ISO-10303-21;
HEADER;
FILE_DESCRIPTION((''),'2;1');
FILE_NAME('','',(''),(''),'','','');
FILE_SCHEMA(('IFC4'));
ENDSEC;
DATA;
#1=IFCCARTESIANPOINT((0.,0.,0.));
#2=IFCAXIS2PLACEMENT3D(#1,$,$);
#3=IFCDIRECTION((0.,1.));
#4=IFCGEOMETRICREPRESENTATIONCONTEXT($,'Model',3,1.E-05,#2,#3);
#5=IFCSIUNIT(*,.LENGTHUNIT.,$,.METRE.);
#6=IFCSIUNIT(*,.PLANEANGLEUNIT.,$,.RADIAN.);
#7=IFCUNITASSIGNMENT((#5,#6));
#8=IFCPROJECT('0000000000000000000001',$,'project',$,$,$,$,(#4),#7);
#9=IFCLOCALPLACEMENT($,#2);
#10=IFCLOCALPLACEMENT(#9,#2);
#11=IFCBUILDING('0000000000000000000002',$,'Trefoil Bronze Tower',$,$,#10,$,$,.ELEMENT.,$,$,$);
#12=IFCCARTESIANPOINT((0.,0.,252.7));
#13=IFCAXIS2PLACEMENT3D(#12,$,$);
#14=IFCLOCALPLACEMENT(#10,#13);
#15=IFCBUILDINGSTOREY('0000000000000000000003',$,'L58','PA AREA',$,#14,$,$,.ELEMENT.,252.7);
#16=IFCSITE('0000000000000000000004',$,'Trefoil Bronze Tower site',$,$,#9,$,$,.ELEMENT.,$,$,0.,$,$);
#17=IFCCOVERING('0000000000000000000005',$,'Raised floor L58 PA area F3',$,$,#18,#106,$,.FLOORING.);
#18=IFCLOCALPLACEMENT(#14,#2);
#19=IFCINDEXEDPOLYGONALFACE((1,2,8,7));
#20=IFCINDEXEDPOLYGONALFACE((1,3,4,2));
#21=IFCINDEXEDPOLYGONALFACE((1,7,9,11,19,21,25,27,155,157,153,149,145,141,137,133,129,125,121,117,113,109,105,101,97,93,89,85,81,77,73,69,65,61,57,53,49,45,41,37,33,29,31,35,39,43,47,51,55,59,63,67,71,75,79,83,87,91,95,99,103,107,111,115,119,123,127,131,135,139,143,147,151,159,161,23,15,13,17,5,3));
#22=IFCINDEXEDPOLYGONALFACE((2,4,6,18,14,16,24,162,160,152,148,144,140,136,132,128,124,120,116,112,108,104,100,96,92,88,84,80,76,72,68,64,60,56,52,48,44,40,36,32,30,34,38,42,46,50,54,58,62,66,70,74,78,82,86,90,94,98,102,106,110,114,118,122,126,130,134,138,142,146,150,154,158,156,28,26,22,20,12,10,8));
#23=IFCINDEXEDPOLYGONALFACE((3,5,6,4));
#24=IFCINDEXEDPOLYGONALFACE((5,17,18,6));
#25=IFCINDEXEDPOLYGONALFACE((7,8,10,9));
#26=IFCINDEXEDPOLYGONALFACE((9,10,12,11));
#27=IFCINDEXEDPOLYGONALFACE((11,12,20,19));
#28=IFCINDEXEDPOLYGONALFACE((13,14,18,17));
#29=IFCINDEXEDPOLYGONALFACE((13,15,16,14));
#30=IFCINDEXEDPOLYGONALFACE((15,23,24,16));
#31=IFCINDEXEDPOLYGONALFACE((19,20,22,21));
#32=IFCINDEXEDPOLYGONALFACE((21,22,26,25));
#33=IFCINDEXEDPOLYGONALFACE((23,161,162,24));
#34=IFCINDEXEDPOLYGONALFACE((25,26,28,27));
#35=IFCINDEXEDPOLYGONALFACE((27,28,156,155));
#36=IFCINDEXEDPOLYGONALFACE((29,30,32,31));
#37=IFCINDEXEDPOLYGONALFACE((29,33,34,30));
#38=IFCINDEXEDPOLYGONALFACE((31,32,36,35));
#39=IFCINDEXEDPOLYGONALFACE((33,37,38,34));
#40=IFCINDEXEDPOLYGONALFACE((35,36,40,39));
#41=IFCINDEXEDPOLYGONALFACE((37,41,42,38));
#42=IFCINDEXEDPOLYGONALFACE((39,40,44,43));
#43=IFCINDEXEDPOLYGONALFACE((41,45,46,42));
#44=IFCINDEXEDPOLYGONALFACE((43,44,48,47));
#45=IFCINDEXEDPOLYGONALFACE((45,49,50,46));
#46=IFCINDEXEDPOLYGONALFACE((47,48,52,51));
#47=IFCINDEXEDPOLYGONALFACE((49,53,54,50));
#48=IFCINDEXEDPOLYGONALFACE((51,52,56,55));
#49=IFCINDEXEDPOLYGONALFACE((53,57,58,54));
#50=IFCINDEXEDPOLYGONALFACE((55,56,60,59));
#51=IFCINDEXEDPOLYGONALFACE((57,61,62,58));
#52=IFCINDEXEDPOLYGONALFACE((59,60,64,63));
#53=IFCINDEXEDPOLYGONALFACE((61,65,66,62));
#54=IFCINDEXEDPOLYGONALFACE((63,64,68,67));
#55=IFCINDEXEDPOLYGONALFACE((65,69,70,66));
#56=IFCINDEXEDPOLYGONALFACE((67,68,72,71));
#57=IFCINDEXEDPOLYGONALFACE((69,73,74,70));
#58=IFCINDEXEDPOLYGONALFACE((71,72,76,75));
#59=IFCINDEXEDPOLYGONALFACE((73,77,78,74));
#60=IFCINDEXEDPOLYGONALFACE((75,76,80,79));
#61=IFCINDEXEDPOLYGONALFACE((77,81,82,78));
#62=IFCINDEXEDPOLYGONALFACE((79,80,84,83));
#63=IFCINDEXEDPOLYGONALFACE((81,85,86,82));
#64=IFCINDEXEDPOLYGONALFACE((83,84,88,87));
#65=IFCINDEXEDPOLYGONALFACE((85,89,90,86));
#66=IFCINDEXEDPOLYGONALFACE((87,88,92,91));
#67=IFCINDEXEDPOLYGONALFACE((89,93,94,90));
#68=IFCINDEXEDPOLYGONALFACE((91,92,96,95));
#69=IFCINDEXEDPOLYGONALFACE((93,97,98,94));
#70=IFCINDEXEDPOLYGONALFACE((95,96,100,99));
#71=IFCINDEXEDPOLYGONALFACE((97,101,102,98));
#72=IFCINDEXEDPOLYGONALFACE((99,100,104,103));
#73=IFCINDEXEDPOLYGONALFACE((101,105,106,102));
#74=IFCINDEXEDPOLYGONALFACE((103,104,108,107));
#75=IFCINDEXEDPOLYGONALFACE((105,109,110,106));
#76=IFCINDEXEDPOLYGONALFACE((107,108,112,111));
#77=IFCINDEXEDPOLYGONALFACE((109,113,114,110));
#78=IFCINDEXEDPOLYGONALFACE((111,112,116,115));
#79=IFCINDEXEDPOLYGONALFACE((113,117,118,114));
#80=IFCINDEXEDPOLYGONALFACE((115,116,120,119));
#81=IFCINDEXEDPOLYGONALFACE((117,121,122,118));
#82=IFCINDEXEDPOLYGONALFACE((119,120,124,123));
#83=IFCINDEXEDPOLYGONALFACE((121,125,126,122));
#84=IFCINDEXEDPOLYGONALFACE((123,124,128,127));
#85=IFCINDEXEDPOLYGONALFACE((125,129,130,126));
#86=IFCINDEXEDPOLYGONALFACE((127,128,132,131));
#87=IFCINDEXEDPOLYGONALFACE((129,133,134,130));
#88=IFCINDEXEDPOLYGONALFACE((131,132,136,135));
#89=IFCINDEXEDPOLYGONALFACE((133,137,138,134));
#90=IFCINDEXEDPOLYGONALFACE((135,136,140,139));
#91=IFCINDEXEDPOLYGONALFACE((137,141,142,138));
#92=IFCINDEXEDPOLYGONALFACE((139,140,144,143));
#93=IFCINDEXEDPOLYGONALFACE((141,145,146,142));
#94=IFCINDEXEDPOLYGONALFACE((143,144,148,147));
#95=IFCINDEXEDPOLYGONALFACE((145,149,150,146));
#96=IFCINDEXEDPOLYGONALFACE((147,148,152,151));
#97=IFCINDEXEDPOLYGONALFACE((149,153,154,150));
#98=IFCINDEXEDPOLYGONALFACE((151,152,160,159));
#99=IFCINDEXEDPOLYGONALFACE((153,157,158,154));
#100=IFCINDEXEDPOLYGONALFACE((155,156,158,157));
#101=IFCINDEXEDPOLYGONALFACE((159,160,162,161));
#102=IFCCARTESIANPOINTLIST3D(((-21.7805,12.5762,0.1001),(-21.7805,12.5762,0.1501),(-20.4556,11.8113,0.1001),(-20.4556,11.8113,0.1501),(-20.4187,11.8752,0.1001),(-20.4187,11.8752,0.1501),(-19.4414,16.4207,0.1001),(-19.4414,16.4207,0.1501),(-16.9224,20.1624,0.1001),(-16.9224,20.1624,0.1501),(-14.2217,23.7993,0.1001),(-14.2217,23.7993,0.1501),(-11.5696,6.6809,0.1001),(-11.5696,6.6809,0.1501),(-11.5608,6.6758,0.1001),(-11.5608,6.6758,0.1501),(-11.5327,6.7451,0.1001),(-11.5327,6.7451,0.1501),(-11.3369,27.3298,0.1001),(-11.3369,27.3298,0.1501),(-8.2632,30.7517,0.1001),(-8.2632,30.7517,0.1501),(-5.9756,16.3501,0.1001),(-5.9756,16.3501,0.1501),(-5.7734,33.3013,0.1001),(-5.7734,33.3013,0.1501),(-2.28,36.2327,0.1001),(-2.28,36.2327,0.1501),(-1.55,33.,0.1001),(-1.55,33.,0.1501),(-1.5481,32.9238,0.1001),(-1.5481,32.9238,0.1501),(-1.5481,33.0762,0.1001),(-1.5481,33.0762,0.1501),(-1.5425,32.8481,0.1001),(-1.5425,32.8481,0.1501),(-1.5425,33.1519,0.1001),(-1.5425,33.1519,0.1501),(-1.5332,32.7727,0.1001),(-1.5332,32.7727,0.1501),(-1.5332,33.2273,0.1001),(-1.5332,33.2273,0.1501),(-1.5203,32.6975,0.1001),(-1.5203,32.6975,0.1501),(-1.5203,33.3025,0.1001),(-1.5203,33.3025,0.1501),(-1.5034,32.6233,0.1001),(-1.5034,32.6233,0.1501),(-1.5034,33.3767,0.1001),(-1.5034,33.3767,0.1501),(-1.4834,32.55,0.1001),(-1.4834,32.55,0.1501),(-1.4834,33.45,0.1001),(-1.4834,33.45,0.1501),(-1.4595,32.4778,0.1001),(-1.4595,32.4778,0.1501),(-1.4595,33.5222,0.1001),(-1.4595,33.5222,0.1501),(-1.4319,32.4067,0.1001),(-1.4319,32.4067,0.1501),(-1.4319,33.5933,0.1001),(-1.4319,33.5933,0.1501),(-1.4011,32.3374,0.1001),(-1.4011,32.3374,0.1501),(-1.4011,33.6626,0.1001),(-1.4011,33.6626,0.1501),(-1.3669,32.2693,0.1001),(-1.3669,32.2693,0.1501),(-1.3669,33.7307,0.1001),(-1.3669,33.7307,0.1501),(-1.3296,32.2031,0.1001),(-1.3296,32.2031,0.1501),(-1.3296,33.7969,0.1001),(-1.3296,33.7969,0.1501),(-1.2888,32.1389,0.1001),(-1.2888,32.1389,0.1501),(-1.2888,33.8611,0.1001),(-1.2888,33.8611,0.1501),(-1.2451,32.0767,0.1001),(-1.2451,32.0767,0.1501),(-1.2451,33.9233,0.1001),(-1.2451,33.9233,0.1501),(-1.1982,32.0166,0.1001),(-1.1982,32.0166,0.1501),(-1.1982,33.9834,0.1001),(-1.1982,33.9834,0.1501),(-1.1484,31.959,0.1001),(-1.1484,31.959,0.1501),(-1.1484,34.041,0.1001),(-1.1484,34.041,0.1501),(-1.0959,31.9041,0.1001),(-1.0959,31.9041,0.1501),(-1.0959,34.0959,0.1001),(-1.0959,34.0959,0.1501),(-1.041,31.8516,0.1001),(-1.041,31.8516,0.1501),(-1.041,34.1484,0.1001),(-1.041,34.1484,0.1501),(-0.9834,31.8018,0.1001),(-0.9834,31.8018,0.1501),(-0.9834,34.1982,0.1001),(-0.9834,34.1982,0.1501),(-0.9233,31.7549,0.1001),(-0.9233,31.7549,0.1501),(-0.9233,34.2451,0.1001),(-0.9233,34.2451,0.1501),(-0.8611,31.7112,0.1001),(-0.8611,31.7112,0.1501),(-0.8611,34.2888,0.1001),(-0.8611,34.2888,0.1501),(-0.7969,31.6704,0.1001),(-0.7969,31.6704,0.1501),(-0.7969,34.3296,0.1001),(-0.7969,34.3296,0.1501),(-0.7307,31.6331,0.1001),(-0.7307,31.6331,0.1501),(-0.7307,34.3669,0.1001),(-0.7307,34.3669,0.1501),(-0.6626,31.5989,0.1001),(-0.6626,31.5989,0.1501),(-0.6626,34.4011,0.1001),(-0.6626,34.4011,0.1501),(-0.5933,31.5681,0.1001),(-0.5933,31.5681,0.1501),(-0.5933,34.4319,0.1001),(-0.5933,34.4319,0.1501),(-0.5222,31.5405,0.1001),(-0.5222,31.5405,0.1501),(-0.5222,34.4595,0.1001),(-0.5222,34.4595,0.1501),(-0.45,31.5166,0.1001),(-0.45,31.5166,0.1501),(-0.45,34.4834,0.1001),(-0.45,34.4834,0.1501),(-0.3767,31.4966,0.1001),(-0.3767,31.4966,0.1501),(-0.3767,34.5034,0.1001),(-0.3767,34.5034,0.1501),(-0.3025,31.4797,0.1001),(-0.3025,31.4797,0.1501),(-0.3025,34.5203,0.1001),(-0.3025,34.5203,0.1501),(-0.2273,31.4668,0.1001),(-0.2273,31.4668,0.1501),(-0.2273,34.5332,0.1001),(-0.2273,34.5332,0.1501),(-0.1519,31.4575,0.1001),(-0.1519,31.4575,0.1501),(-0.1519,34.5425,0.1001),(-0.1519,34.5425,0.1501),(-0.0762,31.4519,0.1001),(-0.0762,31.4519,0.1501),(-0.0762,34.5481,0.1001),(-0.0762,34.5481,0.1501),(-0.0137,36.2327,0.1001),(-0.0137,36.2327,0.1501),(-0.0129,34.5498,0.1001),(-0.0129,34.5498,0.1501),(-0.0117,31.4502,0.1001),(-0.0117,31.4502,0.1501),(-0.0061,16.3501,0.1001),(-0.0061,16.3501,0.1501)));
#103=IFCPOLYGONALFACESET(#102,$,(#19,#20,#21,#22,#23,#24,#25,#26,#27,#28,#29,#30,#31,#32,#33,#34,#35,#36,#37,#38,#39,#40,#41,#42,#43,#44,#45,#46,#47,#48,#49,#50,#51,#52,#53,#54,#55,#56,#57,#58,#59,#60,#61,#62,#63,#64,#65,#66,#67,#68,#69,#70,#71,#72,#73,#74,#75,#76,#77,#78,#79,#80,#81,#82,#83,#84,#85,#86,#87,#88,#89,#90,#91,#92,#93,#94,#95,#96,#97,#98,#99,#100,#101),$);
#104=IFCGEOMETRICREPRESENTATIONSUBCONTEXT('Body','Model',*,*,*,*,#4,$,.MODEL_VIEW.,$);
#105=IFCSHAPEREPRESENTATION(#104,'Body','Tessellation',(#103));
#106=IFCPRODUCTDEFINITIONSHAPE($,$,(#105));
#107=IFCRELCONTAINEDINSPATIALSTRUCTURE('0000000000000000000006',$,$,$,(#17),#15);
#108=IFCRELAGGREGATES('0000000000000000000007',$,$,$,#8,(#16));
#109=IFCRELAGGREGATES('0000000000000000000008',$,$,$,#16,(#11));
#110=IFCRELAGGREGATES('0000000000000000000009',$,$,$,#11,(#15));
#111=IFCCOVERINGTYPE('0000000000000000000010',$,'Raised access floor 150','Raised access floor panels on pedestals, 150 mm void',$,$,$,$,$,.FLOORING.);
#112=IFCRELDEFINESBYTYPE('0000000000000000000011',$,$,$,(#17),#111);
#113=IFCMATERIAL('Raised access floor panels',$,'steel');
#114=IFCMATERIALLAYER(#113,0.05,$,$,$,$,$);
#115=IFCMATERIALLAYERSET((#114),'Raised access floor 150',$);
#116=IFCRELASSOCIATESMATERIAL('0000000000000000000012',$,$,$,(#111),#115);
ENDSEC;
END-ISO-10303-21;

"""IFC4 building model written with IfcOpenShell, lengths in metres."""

from ifc_helpers import new_model, si_unit, direction, frame, origin, place, context, subcontext, project, spatial, polyline, outline, extrude, material, layer, layer_set, type_object, element, save


model = new_model("IFC4")

# Units and contexts
model_context = context("Model", 3, precision=1e-05, world=origin(), true_north=direction((0.0, 1.0)))
body_context = subcontext(model_context, "Body", "Model", "MODEL_VIEW")
ifc_project = project(units=[si_unit("LENGTHUNIT", "METRE"), si_unit("PLANEANGLEUNIT", "RADIAN")], contexts=[model_context])

# Site, building, storey
site_placement = place(None, origin())
site = spatial("IfcSite", under=ifc_project, at=site_placement, Name="Trefoil Bronze Tower site", CompositionType="ELEMENT", RefElevation=0.0)
building_placement = place(site_placement, origin())
building = spatial("IfcBuilding", under=site, at=building_placement, Name="Trefoil Bronze Tower", CompositionType="ELEMENT")
storey_placement = place(building_placement, frame((0.0, 0.0, 252.7)))
storey = spatial("IfcBuildingStorey", under=building, at=storey_placement, Name="L58", Description="PA AREA", CompositionType="ELEMENT", Elevation=252.7)

# Covering
ifc_material_1 = material(Name="Raised access floor panels", Category="steel")
ifc_layer_1 = layer(ifc_material_1, 0.05)
ifc_layer_set_1 = layer_set([ifc_layer_1], Name="Raised access floor 150")
covering_type_1 = type_object("IfcCoveringType", Name="Raised access floor 150", Description="Raised access floor panels on pedestals, 150 mm void", PredefinedType="FLOORING", material=ifc_layer_set_1)
covering_1_placement = place(storey_placement, frame((0.0, 0.0, 0.1001)))
element("IfcCovering", 1, at=covering_1_placement, inside=storey, type_object=covering_type_1, Name="Raised floor L58 PA area F3", PredefinedType="FLOORING", context=body_context, shape_type="SweptSolid", body=[
    extrude(outline(polyline([(-0.0061, 16.3501), (-5.9756, 16.3501), (-11.5608, 6.6758), (-11.5696, 6.6809), (-11.5327, 6.7451), (-20.4187, 11.8752), (-20.4556, 11.8113), (-21.7805, 12.5762), (-19.4414, 16.4207), (-16.9224, 20.1624), (-14.2217, 23.7993), (-11.3369, 27.3298), (-8.2632, 30.7517), (-5.7734, 33.3013), (-2.28, 36.2327), (-0.0137, 36.2327), (-0.0129, 34.5498), (-0.0762, 34.5481), (-0.1519, 34.5425), (-0.2273, 34.5332), (-0.3025, 34.5203), (-0.3767, 34.5034), (-0.45, 34.4834), (-0.5222, 34.4595), (-0.5933, 34.4319), (-0.6626, 34.4011), (-0.7307, 34.3669), (-0.7969, 34.3296), (-0.8611, 34.2888), (-0.9233, 34.2451), (-0.9834, 34.1982), (-1.041, 34.1484), (-1.0959, 34.0959), (-1.1484, 34.041), (-1.1982, 33.9834), (-1.2451, 33.9233), (-1.2888, 33.8611), (-1.3296, 33.7969), (-1.3669, 33.7307), (-1.4011, 33.6626), (-1.4319, 33.5933), (-1.4595, 33.5222), (-1.4834, 33.45), (-1.5034, 33.3767), (-1.5203, 33.3025), (-1.5332, 33.2273), (-1.5425, 33.1519), (-1.5481, 33.0762), (-1.55, 33.0), (-1.5481, 32.9238), (-1.5425, 32.8481), (-1.5332, 32.7727), (-1.5203, 32.6975), (-1.5034, 32.6233), (-1.4834, 32.55), (-1.4595, 32.4778), (-1.4319, 32.4067), (-1.4011, 32.3374), (-1.3669, 32.2693), (-1.3296, 32.2031), (-1.2888, 32.1389), (-1.2451, 32.0767), (-1.1982, 32.0166), (-1.1484, 31.959), (-1.0959, 31.9041), (-1.041, 31.8516), (-0.9834, 31.8018), (-0.9233, 31.7549), (-0.8611, 31.7112), (-0.7969, 31.6704), (-0.7307, 31.6331), (-0.6626, 31.5989), (-0.5933, 31.5681), (-0.5222, 31.5405), (-0.45, 31.5166), (-0.3767, 31.4966), (-0.3025, 31.4797), (-0.2273, 31.4668), (-0.1519, 31.4575), (-0.0762, 31.4519), (-0.0117, 31.4502), (-0.0061, 16.3501)])), origin(), (0.0, 0.0, 1.0), 0.05),
])

save(model, "model.ifc")
